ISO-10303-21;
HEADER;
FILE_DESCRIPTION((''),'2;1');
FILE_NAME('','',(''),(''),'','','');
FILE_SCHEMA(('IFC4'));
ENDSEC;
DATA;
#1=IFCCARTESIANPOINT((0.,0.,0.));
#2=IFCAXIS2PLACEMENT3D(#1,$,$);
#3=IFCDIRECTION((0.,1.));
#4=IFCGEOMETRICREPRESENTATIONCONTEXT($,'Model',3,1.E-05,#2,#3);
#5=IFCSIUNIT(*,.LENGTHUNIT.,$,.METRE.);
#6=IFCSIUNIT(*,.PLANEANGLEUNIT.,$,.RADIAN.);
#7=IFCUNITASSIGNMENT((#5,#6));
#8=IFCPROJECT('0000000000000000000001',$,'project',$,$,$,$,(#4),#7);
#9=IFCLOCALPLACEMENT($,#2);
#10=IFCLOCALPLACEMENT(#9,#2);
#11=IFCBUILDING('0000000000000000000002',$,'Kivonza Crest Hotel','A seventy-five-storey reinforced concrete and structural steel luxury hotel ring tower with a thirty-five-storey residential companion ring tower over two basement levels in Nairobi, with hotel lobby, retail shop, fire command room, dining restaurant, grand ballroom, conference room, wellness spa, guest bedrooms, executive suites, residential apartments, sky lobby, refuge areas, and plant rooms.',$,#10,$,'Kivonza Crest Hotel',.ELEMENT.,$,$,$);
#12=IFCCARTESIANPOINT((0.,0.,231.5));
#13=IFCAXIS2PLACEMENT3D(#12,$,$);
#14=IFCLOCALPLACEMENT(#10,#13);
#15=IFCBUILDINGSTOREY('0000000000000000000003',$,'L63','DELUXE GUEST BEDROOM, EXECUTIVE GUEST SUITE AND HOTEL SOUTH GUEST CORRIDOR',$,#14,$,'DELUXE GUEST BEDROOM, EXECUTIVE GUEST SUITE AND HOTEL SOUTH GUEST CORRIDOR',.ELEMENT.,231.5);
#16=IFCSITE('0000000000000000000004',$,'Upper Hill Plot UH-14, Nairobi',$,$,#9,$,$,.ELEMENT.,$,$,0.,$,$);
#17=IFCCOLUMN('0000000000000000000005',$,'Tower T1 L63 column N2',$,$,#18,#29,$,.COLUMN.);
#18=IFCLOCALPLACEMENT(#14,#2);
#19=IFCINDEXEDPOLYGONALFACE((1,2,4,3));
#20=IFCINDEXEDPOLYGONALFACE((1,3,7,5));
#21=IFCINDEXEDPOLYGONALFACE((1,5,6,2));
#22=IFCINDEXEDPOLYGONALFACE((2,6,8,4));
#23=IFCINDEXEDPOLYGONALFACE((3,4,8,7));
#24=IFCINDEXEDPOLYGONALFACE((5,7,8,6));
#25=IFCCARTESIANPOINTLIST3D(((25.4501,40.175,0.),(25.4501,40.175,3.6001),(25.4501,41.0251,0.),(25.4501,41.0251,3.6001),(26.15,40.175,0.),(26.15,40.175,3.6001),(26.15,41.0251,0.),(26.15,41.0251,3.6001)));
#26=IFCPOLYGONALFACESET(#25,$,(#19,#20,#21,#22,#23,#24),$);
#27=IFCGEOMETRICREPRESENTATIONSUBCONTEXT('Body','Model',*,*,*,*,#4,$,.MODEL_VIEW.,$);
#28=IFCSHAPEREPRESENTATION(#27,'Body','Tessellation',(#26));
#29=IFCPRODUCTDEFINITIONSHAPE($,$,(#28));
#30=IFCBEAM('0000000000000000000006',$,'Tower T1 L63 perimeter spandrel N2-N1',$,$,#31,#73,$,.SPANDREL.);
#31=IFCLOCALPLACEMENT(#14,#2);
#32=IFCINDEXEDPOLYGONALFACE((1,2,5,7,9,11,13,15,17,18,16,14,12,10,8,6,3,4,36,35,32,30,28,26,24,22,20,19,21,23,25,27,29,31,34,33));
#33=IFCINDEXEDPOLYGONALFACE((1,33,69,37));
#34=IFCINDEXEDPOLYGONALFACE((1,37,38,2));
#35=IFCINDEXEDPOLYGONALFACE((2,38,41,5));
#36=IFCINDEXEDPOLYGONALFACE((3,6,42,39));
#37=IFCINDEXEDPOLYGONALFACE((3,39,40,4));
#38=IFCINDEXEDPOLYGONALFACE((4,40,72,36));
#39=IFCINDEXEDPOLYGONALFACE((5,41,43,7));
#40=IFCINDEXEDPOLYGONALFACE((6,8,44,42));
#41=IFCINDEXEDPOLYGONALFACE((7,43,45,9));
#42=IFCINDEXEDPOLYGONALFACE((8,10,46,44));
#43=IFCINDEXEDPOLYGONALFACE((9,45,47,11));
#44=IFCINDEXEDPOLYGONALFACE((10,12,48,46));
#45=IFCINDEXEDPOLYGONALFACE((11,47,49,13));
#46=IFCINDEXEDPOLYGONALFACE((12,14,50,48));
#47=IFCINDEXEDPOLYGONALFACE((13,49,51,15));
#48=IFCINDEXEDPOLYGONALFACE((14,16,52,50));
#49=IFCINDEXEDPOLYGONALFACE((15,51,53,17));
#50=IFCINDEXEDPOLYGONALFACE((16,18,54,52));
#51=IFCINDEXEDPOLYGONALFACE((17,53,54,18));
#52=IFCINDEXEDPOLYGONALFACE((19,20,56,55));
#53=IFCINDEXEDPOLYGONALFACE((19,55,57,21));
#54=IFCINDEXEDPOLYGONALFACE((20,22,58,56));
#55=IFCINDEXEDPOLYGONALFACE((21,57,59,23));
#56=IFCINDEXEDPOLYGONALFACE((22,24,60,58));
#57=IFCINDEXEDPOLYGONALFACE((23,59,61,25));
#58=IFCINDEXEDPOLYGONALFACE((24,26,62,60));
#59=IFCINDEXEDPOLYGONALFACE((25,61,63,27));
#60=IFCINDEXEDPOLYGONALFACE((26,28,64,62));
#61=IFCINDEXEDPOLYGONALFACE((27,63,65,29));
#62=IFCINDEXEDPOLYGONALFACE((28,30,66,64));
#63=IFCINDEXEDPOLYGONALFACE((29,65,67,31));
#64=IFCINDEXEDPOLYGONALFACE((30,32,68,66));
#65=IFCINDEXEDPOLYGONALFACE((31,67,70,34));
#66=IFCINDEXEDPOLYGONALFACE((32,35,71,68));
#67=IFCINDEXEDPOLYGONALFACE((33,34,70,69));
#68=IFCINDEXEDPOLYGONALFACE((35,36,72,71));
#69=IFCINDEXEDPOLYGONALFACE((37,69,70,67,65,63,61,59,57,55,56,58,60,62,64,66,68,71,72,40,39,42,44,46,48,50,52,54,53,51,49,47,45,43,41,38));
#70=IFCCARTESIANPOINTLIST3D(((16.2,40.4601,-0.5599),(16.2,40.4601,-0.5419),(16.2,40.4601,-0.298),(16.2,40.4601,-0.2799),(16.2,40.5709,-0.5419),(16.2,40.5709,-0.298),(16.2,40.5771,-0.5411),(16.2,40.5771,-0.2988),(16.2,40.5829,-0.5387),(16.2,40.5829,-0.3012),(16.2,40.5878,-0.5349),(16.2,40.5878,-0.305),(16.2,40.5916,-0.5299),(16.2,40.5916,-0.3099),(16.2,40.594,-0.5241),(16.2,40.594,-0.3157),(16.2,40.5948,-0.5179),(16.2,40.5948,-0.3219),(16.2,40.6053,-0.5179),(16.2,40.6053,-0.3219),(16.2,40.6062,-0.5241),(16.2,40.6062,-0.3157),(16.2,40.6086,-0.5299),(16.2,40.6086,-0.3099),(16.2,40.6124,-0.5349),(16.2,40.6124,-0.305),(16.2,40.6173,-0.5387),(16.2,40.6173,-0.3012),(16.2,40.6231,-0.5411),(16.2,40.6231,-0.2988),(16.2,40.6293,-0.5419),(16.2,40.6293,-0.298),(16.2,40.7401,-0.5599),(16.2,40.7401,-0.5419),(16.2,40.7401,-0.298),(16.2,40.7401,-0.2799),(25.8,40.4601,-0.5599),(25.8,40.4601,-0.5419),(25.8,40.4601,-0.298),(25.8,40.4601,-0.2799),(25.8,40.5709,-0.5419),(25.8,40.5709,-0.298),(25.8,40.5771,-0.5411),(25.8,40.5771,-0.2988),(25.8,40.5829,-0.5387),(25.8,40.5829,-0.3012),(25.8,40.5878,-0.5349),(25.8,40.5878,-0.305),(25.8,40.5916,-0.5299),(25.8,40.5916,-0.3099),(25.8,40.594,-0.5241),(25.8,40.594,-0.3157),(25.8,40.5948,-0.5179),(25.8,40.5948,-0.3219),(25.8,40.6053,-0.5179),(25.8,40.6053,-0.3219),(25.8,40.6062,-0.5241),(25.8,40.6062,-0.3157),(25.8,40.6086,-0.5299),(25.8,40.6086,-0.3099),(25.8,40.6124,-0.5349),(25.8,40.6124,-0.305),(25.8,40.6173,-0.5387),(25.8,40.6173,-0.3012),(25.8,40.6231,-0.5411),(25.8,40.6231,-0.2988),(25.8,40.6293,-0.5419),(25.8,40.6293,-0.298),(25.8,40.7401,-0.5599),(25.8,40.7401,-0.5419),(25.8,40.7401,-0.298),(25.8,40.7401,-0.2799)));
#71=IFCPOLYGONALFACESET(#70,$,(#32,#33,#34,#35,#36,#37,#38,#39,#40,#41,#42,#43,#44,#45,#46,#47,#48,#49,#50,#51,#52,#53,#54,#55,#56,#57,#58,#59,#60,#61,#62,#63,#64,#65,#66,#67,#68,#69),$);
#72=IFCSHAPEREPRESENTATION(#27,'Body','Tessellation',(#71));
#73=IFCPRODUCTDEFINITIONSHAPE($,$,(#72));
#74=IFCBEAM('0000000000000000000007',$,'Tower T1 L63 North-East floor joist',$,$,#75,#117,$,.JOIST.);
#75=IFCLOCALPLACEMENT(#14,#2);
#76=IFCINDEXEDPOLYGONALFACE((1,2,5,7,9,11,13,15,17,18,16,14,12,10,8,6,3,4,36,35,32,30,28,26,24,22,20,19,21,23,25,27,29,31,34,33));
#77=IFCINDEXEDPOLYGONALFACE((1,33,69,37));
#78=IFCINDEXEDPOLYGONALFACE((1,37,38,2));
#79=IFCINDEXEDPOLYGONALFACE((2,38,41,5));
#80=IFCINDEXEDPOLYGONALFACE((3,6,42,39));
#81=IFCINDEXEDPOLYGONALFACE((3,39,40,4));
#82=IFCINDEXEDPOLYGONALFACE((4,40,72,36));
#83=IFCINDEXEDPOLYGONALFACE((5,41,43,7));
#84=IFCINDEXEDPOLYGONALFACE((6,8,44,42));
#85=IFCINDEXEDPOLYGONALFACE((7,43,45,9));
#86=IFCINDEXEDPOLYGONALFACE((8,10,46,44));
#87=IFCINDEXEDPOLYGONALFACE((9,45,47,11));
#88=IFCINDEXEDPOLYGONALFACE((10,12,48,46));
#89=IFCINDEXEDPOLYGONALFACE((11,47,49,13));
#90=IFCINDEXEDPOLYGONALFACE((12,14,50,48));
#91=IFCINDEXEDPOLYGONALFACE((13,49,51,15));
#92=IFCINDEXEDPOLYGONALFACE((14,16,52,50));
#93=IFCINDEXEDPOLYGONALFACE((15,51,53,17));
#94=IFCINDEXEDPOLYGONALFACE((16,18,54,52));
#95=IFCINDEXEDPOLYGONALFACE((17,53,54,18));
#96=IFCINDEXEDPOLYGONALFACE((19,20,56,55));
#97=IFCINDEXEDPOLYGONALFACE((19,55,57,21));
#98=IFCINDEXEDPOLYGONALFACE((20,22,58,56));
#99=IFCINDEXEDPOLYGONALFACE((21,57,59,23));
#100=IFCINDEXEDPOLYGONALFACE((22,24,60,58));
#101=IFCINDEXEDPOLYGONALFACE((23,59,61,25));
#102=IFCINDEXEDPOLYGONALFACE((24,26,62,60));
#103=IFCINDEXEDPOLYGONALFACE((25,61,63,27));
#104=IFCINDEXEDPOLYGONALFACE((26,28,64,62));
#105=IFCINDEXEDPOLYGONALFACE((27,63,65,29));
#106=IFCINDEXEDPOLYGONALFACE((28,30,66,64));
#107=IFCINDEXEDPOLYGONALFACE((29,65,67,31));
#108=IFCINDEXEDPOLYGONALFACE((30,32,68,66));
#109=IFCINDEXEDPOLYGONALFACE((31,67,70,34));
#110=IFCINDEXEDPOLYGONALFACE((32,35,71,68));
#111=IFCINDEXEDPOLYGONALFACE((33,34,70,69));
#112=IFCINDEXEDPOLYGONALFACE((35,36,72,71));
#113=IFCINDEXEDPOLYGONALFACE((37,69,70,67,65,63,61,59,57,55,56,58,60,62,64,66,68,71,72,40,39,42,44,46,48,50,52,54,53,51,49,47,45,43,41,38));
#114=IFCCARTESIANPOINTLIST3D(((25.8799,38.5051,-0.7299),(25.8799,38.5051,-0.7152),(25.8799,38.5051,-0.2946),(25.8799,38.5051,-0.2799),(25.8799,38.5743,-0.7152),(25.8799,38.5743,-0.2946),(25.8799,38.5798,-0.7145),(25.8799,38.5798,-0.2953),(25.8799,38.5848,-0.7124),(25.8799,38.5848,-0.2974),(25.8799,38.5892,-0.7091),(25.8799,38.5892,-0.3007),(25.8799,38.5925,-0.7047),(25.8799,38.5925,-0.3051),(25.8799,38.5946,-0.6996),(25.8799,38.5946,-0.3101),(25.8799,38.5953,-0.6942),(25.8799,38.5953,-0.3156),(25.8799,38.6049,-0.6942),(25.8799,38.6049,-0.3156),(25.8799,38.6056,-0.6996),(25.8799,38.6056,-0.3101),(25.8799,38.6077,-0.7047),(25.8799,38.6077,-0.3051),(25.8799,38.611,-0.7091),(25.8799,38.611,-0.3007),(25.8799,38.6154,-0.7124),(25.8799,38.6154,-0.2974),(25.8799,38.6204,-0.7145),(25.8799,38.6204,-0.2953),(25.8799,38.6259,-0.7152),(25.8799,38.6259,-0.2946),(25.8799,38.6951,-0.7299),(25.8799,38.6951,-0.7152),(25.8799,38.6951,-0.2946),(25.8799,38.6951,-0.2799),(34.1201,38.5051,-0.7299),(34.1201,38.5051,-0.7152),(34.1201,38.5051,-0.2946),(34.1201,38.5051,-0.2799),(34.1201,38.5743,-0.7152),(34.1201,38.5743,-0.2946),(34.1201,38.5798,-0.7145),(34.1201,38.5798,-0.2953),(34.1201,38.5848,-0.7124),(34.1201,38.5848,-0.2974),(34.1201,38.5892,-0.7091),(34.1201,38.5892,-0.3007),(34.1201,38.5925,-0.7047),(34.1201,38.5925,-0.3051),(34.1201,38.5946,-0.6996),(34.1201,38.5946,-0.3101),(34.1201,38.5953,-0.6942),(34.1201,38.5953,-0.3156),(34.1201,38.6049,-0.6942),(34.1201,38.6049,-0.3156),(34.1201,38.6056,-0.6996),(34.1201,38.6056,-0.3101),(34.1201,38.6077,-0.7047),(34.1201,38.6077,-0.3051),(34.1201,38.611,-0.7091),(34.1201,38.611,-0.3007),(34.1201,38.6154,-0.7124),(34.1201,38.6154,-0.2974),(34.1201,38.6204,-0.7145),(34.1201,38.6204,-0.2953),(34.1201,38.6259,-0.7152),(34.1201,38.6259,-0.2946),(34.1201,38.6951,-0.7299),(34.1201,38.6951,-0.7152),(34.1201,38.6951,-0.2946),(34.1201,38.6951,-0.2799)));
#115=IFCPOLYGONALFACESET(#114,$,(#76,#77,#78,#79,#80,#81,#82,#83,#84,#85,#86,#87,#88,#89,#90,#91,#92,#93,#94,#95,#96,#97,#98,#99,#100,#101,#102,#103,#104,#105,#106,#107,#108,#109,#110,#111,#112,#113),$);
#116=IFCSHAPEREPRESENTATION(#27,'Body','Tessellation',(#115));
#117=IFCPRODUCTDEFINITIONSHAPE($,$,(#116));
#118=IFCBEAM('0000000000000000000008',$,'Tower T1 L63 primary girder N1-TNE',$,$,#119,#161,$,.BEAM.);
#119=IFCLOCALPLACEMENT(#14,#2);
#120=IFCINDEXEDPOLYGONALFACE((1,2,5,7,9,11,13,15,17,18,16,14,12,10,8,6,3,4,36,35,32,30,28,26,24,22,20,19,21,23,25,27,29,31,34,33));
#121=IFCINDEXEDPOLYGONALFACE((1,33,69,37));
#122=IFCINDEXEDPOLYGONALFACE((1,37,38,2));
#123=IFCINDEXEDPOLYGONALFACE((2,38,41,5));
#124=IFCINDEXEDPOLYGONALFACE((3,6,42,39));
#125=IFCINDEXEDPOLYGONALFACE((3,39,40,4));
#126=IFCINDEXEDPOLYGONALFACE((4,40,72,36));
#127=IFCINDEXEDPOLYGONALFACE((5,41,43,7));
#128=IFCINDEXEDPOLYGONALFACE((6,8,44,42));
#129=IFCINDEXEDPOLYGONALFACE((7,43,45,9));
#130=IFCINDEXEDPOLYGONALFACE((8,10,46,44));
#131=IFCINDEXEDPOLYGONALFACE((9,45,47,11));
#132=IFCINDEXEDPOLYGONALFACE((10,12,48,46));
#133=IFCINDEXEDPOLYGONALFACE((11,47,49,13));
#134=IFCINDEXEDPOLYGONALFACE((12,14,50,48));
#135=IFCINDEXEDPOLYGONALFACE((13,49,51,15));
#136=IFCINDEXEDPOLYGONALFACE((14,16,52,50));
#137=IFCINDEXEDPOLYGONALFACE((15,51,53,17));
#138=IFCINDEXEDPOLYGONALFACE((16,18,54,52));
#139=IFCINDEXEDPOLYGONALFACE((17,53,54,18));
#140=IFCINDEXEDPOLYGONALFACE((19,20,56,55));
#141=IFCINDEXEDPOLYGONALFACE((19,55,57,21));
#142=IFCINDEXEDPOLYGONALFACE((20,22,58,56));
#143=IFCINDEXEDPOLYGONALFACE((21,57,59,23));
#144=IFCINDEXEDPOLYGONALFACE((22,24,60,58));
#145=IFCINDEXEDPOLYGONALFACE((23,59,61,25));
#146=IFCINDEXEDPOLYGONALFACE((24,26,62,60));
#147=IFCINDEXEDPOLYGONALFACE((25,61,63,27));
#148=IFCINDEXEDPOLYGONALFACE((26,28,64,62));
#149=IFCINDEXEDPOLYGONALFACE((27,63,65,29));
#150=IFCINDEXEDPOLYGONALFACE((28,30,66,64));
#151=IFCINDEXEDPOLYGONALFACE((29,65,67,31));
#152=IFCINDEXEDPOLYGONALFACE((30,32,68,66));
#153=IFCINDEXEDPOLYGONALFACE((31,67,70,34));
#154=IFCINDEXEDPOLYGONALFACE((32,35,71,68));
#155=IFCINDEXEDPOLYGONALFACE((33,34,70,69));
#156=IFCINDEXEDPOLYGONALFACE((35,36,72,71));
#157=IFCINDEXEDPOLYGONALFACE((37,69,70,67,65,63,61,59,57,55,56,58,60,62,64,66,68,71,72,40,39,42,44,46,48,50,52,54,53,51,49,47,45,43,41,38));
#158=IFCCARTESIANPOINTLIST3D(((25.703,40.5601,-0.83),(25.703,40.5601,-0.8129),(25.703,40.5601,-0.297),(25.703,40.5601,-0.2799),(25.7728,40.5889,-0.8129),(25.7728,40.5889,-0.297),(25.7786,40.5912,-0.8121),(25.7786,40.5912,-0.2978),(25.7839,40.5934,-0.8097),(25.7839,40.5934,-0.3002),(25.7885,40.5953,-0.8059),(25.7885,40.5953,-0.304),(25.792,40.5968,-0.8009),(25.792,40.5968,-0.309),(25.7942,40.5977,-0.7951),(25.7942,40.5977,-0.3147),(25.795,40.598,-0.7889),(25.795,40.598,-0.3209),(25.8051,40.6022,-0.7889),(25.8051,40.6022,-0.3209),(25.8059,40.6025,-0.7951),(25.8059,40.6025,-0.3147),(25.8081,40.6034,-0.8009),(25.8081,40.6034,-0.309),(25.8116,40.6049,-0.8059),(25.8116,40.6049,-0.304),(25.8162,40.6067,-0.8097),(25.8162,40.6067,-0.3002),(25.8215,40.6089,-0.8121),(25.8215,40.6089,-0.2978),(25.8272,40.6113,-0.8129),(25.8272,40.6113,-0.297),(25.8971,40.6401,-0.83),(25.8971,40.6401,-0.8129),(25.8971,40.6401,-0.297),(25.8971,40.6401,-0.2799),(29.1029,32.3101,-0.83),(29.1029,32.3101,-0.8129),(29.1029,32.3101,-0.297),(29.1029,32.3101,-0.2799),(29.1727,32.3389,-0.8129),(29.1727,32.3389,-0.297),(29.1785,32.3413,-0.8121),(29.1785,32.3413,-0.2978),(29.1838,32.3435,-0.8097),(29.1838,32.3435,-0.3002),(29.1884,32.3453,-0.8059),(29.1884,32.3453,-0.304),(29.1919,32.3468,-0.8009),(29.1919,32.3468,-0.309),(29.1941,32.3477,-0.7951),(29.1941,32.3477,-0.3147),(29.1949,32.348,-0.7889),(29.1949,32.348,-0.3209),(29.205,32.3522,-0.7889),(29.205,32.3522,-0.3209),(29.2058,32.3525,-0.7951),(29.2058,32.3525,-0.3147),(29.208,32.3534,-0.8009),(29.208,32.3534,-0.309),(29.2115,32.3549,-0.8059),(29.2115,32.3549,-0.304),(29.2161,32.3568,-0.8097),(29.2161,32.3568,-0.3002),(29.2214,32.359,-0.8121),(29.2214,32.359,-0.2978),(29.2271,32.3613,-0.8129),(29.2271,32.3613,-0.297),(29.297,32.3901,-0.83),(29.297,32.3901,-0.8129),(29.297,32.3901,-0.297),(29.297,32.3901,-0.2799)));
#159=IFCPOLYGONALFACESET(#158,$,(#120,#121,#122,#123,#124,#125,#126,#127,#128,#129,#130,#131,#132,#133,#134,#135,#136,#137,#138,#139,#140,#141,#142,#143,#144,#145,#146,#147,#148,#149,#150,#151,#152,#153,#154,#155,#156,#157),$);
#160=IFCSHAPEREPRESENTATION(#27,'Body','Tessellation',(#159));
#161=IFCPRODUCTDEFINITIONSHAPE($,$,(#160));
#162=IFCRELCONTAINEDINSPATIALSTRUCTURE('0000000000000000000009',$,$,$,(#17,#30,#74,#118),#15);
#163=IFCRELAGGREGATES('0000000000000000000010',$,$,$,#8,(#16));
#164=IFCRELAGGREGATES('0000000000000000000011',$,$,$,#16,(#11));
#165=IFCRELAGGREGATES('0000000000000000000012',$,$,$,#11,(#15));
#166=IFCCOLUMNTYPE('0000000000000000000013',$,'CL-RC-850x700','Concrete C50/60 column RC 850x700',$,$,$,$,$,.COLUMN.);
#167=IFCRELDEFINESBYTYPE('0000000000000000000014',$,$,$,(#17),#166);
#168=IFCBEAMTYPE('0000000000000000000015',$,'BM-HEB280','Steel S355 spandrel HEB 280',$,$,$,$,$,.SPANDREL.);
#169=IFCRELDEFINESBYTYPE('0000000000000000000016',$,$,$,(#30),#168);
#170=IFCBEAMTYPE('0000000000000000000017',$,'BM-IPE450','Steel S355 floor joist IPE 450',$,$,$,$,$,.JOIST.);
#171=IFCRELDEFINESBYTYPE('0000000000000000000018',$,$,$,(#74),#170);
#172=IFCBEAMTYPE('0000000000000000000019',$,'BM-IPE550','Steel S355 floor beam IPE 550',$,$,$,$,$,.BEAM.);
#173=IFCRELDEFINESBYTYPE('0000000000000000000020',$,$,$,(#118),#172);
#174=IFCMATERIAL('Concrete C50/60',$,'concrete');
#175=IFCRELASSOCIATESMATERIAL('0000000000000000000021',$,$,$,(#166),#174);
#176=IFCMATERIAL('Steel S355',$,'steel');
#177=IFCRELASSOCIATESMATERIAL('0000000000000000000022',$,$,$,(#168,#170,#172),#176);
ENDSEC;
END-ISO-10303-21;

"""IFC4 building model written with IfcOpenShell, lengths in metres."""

from ifc_helpers import new_model, si_unit, direction, frame, origin, origin_2d, place, context, subcontext, project, spatial, rectangle, i_section, extrude, material, material_profile, profile_set, type_object, element, save


model = new_model("IFC4")

# Units and contexts
model_context = context("Model", 3, precision=1e-05, world=origin(), true_north=direction((0.0, 1.0)))
body_context = subcontext(model_context, "Body", "Model", "MODEL_VIEW")
ifc_project = project(units=[si_unit("LENGTHUNIT", "METRE"), si_unit("PLANEANGLEUNIT", "RADIAN")], contexts=[model_context])

# Site, building, storey
site_placement = place(None, origin())
site = spatial("IfcSite", under=ifc_project, at=site_placement, Name="Upper Hill Plot UH-14, Nairobi", CompositionType="ELEMENT", RefElevation=0.0)
building_placement = place(site_placement, origin())
building = spatial("IfcBuilding", under=site, at=building_placement, Name="Kivonza Crest Hotel", Description="A seventy-five-storey reinforced concrete and structural steel luxury hotel ring tower with a thirty-five-storey residential companion ring tower over two basement levels in Nairobi, with hotel lobby, retail shop, fire command room, dining restaurant, grand ballroom, conference room, wellness spa, guest bedrooms, executive suites, residential apartments, sky lobby, refuge areas, and plant rooms.", LongName="Kivonza Crest Hotel", CompositionType="ELEMENT")
storey_placement = place(building_placement, frame((0.0, 0.0, 231.5)))
storey = spatial("IfcBuildingStorey", under=building, at=storey_placement, Name="L63", Description="DELUXE GUEST BEDROOM, EXECUTIVE GUEST SUITE AND HOTEL SOUTH GUEST CORRIDOR", LongName="DELUXE GUEST BEDROOM, EXECUTIVE GUEST SUITE AND HOTEL SOUTH GUEST CORRIDOR", CompositionType="ELEMENT", Elevation=231.5)

# Column
ifc_material_1 = material(Name="Concrete C50/60", Category="concrete")
ifc_material_profile_1 = material_profile(ifc_material_1, rectangle(XDim=0.7, YDim=0.8501, at=origin_2d()), Name="RC 850x700")
ifc_profile_set_1 = profile_set([ifc_material_profile_1], Name="Concrete C50/60")
column_type = type_object("IfcColumnType", Name="CL-RC-850x700", Description="Concrete C50/60 column RC 850x700", PredefinedType="COLUMN", material=ifc_profile_set_1)
column_placement = place(storey_placement, frame((25.8, 40.6001, 0.0), z_axis=(0.0, 0.0, 1.0), x_axis=(1.0, 0.0, 0.0)))
element("IfcColumn", 1, at=column_placement, inside=storey, type_object=column_type, Name="Tower T1 L63 column N2", PredefinedType="COLUMN", context=body_context, shape_type="SweptSolid", body=[
    extrude(rectangle(XDim=0.7, YDim=0.8501, at=origin_2d()), origin(), (0.0, 0.0, 1.0), 3.6001),
])

# Beams
ifc_material_2 = material(Name="Steel S355", Category="steel")
ifc_material_profile_2 = material_profile(ifc_material_2, i_section(OverallWidth=0.28, OverallDepth=0.28, WebThickness=0.0105, FlangeThickness=0.0181, FilletRadius=0.0239, at=origin_2d()), Name="HEB 280")
ifc_profile_set_2 = profile_set([ifc_material_profile_2], Name="Steel S355")
beam_type_1 = type_object("IfcBeamType", Name="BM-HEB280", Description="Steel S355 spandrel HEB 280", PredefinedType="SPANDREL", material=ifc_profile_set_2)
beam_1_placement = place(storey_placement, frame((25.8, 40.6001, -0.4199), z_axis=(-1.0, 0.0, 0.0), x_axis=(0.0, -1.0, 0.0)))
element("IfcBeam", 2, at=beam_1_placement, inside=storey, type_object=beam_type_1, Name="Tower T1 L63 perimeter spandrel N2-N1", PredefinedType="SPANDREL", context=body_context, shape_type="SweptSolid", body=[
    extrude(i_section(OverallWidth=0.28, OverallDepth=0.28, WebThickness=0.0105, FlangeThickness=0.0181, FilletRadius=0.0239, at=origin_2d()), origin(), (0.0, 0.0, 1.0), 9.6001),
])
ifc_material_profile_3 = material_profile(ifc_material_2, i_section(OverallWidth=0.1899, OverallDepth=0.45, WebThickness=0.0095, FlangeThickness=0.0146, FilletRadius=0.021, at=origin_2d()), Name="IPE 450")
ifc_profile_set_3 = profile_set([ifc_material_profile_3], Name="Steel S355")
beam_type_2 = type_object("IfcBeamType", Name="BM-IPE450", Description="Steel S355 floor joist IPE 450", PredefinedType="JOIST", material=ifc_profile_set_3)
beam_2_placement = place(storey_placement, frame((25.8799, 38.6001, -0.5049), z_axis=(1.0, 0.0, 0.0), x_axis=(0.0, 1.0, 0.0)))
element("IfcBeam", 3, at=beam_2_placement, inside=storey, type_object=beam_type_2, Name="Tower T1 L63 North-East floor joist", PredefinedType="JOIST", context=body_context, shape_type="SweptSolid", body=[
    extrude(i_section(OverallWidth=0.1899, OverallDepth=0.45, WebThickness=0.0095, FlangeThickness=0.0146, FilletRadius=0.021, at=origin_2d()), origin(), (0.0, 0.0, 1.0), 8.2402),
])
ifc_material_profile_4 = material_profile(ifc_material_2, i_section(OverallWidth=0.21, OverallDepth=0.55, WebThickness=0.011, FlangeThickness=0.0171, FilletRadius=0.0239, at=origin_2d()), Name="IPE 550")
ifc_profile_set_4 = profile_set([ifc_material_profile_4], Name="Steel S355")
beam_type_3 = type_object("IfcBeamType", Name="BM-IPE550", Description="Steel S355 floor beam IPE 550", PredefinedType="BEAM", material=ifc_profile_set_4)
beam_3_placement = place(storey_placement, frame((25.8, 40.6001, -0.5549), z_axis=(0.381022, -0.924566, 0.0), x_axis=(0.924566, 0.381022, 0.0)))
element("IfcBeam", 4, at=beam_3_placement, inside=storey, type_object=beam_type_3, Name="Tower T1 L63 primary girder N1-TNE", PredefinedType="BEAM", context=body_context, shape_type="SweptSolid", body=[
    extrude(i_section(OverallWidth=0.21, OverallDepth=0.55, WebThickness=0.011, FlangeThickness=0.0171, FilletRadius=0.0239, at=origin_2d()), origin(), (0.0, 0.0, 1.0), 8.9231),
])

save(model, "model.ifc")
